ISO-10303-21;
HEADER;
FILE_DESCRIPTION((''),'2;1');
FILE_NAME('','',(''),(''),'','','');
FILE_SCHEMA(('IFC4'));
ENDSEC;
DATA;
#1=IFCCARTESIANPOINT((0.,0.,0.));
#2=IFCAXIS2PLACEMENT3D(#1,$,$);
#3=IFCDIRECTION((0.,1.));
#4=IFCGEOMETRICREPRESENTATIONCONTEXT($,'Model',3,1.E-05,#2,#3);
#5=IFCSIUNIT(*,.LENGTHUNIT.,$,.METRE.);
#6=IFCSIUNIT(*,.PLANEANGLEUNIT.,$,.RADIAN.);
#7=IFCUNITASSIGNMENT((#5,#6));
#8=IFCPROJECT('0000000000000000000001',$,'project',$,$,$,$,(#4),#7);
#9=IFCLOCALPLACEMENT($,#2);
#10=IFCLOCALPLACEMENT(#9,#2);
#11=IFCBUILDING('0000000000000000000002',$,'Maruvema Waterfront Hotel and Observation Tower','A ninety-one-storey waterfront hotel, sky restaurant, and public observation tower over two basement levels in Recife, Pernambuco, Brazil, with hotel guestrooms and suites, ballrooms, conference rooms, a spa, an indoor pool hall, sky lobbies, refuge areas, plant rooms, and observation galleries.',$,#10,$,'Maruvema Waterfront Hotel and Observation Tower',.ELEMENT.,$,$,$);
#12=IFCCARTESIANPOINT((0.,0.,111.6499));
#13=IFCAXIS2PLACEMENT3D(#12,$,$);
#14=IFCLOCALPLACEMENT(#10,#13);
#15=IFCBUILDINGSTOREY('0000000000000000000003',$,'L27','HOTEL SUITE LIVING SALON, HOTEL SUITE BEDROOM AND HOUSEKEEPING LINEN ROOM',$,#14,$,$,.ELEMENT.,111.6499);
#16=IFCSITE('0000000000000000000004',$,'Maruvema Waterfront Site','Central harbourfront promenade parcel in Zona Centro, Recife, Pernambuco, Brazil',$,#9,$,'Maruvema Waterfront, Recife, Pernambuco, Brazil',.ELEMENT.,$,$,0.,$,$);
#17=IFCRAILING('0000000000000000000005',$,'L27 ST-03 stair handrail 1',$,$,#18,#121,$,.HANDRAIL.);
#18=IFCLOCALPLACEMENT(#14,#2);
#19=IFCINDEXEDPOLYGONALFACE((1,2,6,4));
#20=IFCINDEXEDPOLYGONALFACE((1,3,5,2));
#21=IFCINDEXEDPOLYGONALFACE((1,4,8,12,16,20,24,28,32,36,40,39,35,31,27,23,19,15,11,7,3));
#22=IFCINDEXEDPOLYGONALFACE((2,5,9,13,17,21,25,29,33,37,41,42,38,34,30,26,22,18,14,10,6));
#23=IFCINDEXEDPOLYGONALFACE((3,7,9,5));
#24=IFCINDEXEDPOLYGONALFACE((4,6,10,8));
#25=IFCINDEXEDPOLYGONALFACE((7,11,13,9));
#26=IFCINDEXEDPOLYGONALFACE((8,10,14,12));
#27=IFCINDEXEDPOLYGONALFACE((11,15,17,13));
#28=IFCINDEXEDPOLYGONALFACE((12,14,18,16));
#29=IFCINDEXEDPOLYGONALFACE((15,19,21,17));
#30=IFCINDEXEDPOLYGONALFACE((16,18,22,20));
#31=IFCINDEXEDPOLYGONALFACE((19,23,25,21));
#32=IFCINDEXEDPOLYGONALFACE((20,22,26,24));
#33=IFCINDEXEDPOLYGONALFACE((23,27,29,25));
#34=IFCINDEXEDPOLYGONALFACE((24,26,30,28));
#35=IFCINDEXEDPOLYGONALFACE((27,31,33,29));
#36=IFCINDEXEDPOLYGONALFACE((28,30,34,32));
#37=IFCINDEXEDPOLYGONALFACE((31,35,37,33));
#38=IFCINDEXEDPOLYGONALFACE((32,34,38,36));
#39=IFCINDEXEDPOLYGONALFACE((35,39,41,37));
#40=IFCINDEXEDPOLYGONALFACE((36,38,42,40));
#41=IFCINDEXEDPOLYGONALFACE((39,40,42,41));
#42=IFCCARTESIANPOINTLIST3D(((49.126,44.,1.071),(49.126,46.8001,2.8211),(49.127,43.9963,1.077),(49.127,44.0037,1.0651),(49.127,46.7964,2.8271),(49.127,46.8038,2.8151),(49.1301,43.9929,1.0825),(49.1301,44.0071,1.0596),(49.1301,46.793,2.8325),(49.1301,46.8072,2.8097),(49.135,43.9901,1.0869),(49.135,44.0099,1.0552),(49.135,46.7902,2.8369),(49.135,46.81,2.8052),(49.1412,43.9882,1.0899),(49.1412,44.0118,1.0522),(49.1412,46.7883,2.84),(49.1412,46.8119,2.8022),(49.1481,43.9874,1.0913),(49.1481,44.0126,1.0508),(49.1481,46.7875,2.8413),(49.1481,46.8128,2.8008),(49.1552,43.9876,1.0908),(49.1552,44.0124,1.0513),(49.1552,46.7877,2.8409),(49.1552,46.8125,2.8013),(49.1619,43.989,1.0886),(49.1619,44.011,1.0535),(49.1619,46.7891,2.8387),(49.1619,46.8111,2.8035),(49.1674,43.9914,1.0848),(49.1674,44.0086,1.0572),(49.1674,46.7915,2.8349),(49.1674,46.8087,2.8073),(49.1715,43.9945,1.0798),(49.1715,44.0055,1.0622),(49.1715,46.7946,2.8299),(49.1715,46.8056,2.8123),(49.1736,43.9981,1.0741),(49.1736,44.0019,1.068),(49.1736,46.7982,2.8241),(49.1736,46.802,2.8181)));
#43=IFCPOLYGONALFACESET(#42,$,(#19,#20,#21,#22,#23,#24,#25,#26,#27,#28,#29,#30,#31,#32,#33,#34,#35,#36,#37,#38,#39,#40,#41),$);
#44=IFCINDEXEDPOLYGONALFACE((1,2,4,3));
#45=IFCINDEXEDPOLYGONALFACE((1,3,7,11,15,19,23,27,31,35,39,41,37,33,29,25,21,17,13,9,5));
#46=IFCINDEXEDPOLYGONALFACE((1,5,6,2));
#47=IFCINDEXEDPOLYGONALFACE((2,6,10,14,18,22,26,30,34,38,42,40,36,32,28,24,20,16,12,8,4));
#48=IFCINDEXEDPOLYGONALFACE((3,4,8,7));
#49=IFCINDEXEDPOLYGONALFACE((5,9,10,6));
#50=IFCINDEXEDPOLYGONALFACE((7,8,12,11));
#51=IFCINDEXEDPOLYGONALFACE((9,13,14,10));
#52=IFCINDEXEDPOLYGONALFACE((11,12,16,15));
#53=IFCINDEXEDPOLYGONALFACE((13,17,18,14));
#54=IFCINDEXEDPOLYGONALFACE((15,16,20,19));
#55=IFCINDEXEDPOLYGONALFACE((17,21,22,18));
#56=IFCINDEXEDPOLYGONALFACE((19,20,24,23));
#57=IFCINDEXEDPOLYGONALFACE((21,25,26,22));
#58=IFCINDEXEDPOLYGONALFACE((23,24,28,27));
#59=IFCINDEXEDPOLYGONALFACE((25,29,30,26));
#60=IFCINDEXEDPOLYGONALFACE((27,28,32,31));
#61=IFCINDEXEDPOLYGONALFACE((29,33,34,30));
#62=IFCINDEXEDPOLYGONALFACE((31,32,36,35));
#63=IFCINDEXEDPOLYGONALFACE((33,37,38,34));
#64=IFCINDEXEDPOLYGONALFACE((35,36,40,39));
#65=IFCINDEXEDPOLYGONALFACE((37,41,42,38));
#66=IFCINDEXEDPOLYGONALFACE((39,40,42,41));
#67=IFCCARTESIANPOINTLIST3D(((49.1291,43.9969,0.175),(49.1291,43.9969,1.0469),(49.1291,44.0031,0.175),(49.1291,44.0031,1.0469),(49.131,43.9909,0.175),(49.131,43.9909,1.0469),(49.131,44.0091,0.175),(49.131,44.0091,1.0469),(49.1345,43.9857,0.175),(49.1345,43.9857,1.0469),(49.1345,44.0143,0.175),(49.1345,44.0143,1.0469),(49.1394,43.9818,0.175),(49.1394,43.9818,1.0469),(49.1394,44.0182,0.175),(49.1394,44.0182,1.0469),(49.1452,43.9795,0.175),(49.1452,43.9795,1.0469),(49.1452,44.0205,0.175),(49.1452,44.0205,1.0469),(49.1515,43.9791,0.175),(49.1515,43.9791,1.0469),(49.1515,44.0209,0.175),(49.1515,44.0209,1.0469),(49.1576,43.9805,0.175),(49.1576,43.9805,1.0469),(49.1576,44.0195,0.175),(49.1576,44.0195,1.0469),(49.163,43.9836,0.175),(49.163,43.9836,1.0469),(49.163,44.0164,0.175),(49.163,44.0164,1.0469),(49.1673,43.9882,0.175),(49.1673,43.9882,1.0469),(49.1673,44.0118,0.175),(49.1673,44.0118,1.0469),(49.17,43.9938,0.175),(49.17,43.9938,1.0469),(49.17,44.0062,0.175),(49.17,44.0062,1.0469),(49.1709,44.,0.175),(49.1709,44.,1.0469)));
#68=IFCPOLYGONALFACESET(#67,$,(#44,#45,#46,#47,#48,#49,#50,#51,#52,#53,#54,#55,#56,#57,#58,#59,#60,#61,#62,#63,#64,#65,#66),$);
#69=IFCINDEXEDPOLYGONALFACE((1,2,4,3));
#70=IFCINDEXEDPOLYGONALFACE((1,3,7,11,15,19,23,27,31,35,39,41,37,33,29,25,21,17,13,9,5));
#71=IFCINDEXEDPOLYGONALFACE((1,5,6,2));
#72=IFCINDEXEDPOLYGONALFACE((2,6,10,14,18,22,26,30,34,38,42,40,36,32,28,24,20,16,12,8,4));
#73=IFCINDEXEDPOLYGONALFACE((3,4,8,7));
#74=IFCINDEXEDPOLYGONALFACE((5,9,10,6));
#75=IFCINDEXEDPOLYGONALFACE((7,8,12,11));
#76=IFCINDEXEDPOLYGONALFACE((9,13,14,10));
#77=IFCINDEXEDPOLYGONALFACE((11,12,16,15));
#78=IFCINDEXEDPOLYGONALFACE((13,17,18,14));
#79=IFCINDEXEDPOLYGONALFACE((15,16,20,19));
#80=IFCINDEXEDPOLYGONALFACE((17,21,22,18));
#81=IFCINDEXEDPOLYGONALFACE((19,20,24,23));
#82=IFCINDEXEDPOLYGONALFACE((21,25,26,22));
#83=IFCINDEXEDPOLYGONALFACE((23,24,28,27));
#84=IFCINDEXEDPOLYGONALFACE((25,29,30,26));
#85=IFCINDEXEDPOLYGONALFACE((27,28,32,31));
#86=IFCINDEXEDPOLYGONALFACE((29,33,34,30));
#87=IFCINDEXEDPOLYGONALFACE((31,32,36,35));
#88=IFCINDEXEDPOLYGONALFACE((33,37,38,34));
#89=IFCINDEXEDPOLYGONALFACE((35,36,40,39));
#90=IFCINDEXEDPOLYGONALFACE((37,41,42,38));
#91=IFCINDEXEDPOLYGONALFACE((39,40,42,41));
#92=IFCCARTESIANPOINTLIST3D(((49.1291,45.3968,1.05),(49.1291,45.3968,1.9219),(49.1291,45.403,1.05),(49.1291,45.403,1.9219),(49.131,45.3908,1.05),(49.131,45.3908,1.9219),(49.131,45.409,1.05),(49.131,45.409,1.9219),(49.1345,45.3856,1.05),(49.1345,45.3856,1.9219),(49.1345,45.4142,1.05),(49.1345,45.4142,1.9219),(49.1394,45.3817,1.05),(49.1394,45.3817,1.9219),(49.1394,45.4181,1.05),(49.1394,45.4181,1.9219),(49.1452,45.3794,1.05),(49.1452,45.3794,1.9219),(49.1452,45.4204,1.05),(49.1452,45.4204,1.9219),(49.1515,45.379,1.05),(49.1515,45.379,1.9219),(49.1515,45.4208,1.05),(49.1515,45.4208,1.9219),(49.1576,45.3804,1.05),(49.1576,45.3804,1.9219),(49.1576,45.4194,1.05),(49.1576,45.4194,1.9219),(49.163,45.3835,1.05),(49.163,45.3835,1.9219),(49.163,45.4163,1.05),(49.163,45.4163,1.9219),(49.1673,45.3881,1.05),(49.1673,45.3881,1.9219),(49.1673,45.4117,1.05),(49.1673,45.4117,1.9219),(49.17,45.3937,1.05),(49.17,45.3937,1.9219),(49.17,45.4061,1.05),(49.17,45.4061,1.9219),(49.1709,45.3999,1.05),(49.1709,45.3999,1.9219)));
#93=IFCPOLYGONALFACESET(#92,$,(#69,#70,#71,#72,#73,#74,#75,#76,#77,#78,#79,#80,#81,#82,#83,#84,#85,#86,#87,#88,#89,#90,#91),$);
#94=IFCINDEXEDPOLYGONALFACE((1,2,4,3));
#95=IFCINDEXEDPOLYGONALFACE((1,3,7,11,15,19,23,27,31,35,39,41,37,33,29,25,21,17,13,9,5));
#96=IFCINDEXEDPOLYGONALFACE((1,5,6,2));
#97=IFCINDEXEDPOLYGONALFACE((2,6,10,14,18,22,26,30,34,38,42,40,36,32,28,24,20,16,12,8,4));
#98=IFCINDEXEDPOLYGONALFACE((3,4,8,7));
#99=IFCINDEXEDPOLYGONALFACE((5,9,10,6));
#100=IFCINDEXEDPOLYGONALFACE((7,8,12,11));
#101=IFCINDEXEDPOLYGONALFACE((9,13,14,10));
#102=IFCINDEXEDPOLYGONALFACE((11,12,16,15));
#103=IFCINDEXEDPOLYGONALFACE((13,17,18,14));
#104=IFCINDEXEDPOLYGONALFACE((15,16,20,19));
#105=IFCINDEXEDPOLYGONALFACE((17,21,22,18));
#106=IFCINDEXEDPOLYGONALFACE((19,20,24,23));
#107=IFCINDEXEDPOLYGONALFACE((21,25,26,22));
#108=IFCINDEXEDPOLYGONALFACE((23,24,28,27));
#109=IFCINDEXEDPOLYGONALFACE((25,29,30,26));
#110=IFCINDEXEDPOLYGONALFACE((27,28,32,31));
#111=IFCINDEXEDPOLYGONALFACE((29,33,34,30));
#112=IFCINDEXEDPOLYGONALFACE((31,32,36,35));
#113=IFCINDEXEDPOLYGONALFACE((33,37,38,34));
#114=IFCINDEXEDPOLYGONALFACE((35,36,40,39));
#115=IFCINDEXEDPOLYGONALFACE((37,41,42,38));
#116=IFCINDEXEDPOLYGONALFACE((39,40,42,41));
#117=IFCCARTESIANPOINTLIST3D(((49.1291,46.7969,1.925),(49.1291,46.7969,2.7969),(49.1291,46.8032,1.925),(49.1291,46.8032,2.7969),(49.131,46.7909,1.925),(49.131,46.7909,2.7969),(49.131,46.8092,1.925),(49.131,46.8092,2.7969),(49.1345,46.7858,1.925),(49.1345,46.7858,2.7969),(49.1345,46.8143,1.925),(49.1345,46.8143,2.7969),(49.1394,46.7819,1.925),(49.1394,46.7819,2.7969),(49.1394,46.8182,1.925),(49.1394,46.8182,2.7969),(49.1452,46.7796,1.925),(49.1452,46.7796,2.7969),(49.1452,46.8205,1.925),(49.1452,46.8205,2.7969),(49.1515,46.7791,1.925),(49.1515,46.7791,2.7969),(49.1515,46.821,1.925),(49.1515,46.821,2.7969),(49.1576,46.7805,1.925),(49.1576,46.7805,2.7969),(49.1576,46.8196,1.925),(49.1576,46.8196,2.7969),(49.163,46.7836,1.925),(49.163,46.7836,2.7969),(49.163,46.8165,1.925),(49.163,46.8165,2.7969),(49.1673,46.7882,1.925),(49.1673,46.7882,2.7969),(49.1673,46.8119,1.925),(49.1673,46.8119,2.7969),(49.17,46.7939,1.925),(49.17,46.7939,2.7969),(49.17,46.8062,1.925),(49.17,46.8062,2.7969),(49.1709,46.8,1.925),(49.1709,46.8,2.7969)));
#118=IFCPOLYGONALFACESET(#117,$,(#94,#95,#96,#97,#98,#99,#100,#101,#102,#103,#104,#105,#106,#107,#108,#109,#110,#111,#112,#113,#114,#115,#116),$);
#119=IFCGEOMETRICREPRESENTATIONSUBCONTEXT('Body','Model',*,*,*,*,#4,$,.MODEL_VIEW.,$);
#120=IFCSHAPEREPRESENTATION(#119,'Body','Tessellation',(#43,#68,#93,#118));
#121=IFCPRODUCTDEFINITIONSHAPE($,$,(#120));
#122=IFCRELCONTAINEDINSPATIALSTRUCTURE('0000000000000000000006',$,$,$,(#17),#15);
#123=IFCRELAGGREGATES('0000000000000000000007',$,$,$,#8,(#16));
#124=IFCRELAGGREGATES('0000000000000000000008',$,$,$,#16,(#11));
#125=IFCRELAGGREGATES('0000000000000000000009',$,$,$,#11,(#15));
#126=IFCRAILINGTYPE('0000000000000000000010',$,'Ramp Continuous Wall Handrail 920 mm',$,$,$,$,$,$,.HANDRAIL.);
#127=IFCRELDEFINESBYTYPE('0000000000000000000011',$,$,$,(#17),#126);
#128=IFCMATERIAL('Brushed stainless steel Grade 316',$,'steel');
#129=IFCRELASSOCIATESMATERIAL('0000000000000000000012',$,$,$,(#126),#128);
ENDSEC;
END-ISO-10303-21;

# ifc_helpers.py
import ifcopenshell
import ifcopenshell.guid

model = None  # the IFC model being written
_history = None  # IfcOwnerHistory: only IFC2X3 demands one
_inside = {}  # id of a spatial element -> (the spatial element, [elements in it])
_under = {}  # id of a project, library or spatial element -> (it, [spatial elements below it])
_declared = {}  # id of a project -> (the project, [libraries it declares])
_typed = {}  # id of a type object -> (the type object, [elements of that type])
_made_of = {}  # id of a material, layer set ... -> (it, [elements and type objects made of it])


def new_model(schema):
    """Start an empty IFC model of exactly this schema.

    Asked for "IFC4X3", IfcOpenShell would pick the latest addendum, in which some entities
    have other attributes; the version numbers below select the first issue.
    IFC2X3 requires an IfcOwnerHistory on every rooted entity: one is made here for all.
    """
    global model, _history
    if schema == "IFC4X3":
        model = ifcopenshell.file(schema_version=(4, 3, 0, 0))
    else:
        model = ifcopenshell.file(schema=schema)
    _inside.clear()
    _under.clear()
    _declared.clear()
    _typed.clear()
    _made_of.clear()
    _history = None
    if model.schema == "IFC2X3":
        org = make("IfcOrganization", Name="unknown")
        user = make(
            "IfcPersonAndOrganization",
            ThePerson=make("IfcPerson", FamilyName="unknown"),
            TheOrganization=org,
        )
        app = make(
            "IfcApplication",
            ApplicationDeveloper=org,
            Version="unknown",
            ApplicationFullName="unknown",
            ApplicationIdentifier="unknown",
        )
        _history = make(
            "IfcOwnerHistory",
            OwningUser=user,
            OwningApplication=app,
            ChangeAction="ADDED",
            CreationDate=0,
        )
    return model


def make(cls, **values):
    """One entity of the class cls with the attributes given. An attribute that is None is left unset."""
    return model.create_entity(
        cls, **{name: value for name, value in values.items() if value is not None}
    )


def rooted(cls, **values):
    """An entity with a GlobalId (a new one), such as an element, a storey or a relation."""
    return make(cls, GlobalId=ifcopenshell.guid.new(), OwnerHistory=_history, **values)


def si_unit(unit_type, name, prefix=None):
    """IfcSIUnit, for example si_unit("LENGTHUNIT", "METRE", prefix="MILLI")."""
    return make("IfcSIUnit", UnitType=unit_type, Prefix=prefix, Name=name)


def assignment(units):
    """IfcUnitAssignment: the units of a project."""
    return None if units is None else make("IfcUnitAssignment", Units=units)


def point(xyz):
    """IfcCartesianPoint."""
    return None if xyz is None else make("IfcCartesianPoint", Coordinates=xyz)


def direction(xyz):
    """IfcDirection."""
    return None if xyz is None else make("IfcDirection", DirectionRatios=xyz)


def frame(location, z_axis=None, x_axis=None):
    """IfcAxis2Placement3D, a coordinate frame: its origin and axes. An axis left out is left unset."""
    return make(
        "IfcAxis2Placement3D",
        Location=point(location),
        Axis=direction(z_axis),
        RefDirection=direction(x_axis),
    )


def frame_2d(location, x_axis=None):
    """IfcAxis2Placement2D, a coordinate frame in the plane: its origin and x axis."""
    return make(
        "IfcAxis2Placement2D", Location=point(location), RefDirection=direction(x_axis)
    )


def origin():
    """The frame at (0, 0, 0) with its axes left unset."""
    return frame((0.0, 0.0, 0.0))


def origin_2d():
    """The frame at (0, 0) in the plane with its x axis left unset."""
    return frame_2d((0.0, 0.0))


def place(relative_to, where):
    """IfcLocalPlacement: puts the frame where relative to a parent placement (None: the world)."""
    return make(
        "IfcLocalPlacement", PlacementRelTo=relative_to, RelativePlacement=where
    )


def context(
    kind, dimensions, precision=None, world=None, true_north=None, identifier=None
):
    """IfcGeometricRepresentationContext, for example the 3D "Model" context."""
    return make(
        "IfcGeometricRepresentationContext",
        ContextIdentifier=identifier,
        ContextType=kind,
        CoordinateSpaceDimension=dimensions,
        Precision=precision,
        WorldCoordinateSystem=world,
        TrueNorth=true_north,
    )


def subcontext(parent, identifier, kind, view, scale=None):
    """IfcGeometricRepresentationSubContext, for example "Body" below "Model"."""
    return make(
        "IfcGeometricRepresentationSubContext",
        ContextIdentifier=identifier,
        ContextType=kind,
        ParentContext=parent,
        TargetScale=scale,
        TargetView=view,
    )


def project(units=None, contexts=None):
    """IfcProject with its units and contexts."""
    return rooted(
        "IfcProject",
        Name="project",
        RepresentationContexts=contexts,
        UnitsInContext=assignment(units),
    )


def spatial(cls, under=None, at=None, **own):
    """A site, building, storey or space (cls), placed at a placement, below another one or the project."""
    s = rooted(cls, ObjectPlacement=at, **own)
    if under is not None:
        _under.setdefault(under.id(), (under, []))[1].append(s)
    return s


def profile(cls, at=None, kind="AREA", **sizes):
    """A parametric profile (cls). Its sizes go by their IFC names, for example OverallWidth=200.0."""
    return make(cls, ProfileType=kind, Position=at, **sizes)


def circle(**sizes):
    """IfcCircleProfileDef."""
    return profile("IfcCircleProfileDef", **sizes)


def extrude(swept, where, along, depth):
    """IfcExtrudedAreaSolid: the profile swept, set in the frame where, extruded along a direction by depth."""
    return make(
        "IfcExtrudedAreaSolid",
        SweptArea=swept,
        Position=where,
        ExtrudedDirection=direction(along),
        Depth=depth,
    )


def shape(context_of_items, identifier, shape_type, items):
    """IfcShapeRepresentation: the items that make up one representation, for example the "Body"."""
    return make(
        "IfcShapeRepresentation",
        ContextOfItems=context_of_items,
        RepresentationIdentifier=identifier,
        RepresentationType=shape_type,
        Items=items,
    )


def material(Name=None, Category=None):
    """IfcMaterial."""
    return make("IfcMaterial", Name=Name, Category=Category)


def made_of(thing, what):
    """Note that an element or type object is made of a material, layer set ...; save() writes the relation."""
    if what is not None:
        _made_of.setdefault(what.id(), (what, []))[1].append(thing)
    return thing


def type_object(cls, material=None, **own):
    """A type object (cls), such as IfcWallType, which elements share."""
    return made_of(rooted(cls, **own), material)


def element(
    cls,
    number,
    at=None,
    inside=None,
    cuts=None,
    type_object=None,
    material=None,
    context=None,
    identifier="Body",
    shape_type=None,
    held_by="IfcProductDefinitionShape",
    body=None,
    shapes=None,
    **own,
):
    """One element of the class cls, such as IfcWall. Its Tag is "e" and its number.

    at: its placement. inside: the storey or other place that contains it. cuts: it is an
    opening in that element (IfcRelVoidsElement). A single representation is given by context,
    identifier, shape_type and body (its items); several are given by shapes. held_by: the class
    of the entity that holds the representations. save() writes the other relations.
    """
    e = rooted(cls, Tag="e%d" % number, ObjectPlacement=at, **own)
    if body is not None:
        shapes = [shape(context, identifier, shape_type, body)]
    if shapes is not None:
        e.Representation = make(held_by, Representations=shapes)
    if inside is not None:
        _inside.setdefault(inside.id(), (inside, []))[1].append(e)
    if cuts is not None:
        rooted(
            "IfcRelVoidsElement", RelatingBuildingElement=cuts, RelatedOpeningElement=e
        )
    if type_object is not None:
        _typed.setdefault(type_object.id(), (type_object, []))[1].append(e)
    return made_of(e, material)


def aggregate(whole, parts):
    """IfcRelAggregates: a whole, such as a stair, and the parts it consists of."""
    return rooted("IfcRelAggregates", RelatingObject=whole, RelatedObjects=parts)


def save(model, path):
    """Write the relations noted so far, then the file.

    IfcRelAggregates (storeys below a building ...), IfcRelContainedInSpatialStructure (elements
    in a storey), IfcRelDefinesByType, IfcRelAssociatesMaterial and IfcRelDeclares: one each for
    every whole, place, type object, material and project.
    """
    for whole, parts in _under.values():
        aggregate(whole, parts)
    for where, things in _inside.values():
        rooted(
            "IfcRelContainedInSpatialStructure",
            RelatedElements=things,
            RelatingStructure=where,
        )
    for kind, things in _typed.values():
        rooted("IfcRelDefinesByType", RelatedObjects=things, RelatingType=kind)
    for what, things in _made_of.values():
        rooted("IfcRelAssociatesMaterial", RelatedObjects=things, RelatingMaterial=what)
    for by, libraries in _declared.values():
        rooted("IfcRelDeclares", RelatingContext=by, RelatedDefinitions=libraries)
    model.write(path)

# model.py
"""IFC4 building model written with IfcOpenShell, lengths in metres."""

from ifc_helpers import new_model, si_unit, direction, frame, origin, origin_2d, place, context, subcontext, project, spatial, circle, extrude, material, type_object, element, save


model = new_model("IFC4")

# Units and contexts
model_context = context("Model", 3, precision=1e-05, world=origin(), true_north=direction((0.0, 1.0)))
body_context = subcontext(model_context, "Body", "Model", "MODEL_VIEW")
ifc_project = project(units=[si_unit("LENGTHUNIT", "METRE"), si_unit("PLANEANGLEUNIT", "RADIAN")], contexts=[model_context])

# Site, building, storey
site_placement = place(None, origin())
site = spatial("IfcSite", under=ifc_project, at=site_placement, Name="Maruvema Waterfront Site", Description="Central harbourfront promenade parcel in Zona Centro, Recife, Pernambuco, Brazil", LongName="Maruvema Waterfront, Recife, Pernambuco, Brazil", CompositionType="ELEMENT", RefElevation=0.0)
building_placement = place(site_placement, origin())
building = spatial("IfcBuilding", under=site, at=building_placement, Name="Maruvema Waterfront Hotel and Observation Tower", Description="A ninety-one-storey waterfront hotel, sky restaurant, and public observation tower over two basement levels in Recife, Pernambuco, Brazil, with hotel guestrooms and suites, ballrooms, conference rooms, a spa, an indoor pool hall, sky lobbies, refuge areas, plant rooms, and observation galleries.", LongName="Maruvema Waterfront Hotel and Observation Tower", CompositionType="ELEMENT")
storey_placement = place(building_placement, frame((0.0, 0.0, 111.6499)))
storey = spatial("IfcBuildingStorey", under=building, at=storey_placement, Name="L27", Description="HOTEL SUITE LIVING SALON, HOTEL SUITE BEDROOM AND HOUSEKEEPING LINEN ROOM", CompositionType="ELEMENT", Elevation=111.6499)

# Railing
ifc_material_1 = material(Name="Brushed stainless steel Grade 316", Category="steel")
railing_type_1 = type_object("IfcRailingType", Name="Ramp Continuous Wall Handrail 920 mm", PredefinedType="HANDRAIL", material=ifc_material_1)
railing_1_placement = place(storey_placement, frame((49.1499, 44.0, 0.175)))
element("IfcRailing", 1, at=railing_1_placement, inside=storey, type_object=railing_type_1, Name="L27 ST-03 stair handrail 1", PredefinedType="HANDRAIL", context=body_context, shape_type="SweptSolid", body=[
    extrude(circle(Radius=0.0239, at=origin_2d()), frame((0.0, 0.0, 0.896), z_axis=(0.0, 0.848002, 0.529992), x_axis=(-1.0, 0.0, 0.0)), (0.0, 0.0, 1.0), 3.302),
    extrude(circle(Radius=0.021, at=origin_2d()), origin(), (0.0, 0.0, 1.0), 0.8718),
    extrude(circle(Radius=0.021, at=origin_2d()), frame((0.0, 1.3999, 0.875)), (0.0, 0.0, 1.0), 0.8718),
    extrude(circle(Radius=0.021, at=origin_2d()), frame((0.0, 2.8, 1.75)), (0.0, 0.0, 1.0), 0.8718),
])

save(model, "model.ifc")
